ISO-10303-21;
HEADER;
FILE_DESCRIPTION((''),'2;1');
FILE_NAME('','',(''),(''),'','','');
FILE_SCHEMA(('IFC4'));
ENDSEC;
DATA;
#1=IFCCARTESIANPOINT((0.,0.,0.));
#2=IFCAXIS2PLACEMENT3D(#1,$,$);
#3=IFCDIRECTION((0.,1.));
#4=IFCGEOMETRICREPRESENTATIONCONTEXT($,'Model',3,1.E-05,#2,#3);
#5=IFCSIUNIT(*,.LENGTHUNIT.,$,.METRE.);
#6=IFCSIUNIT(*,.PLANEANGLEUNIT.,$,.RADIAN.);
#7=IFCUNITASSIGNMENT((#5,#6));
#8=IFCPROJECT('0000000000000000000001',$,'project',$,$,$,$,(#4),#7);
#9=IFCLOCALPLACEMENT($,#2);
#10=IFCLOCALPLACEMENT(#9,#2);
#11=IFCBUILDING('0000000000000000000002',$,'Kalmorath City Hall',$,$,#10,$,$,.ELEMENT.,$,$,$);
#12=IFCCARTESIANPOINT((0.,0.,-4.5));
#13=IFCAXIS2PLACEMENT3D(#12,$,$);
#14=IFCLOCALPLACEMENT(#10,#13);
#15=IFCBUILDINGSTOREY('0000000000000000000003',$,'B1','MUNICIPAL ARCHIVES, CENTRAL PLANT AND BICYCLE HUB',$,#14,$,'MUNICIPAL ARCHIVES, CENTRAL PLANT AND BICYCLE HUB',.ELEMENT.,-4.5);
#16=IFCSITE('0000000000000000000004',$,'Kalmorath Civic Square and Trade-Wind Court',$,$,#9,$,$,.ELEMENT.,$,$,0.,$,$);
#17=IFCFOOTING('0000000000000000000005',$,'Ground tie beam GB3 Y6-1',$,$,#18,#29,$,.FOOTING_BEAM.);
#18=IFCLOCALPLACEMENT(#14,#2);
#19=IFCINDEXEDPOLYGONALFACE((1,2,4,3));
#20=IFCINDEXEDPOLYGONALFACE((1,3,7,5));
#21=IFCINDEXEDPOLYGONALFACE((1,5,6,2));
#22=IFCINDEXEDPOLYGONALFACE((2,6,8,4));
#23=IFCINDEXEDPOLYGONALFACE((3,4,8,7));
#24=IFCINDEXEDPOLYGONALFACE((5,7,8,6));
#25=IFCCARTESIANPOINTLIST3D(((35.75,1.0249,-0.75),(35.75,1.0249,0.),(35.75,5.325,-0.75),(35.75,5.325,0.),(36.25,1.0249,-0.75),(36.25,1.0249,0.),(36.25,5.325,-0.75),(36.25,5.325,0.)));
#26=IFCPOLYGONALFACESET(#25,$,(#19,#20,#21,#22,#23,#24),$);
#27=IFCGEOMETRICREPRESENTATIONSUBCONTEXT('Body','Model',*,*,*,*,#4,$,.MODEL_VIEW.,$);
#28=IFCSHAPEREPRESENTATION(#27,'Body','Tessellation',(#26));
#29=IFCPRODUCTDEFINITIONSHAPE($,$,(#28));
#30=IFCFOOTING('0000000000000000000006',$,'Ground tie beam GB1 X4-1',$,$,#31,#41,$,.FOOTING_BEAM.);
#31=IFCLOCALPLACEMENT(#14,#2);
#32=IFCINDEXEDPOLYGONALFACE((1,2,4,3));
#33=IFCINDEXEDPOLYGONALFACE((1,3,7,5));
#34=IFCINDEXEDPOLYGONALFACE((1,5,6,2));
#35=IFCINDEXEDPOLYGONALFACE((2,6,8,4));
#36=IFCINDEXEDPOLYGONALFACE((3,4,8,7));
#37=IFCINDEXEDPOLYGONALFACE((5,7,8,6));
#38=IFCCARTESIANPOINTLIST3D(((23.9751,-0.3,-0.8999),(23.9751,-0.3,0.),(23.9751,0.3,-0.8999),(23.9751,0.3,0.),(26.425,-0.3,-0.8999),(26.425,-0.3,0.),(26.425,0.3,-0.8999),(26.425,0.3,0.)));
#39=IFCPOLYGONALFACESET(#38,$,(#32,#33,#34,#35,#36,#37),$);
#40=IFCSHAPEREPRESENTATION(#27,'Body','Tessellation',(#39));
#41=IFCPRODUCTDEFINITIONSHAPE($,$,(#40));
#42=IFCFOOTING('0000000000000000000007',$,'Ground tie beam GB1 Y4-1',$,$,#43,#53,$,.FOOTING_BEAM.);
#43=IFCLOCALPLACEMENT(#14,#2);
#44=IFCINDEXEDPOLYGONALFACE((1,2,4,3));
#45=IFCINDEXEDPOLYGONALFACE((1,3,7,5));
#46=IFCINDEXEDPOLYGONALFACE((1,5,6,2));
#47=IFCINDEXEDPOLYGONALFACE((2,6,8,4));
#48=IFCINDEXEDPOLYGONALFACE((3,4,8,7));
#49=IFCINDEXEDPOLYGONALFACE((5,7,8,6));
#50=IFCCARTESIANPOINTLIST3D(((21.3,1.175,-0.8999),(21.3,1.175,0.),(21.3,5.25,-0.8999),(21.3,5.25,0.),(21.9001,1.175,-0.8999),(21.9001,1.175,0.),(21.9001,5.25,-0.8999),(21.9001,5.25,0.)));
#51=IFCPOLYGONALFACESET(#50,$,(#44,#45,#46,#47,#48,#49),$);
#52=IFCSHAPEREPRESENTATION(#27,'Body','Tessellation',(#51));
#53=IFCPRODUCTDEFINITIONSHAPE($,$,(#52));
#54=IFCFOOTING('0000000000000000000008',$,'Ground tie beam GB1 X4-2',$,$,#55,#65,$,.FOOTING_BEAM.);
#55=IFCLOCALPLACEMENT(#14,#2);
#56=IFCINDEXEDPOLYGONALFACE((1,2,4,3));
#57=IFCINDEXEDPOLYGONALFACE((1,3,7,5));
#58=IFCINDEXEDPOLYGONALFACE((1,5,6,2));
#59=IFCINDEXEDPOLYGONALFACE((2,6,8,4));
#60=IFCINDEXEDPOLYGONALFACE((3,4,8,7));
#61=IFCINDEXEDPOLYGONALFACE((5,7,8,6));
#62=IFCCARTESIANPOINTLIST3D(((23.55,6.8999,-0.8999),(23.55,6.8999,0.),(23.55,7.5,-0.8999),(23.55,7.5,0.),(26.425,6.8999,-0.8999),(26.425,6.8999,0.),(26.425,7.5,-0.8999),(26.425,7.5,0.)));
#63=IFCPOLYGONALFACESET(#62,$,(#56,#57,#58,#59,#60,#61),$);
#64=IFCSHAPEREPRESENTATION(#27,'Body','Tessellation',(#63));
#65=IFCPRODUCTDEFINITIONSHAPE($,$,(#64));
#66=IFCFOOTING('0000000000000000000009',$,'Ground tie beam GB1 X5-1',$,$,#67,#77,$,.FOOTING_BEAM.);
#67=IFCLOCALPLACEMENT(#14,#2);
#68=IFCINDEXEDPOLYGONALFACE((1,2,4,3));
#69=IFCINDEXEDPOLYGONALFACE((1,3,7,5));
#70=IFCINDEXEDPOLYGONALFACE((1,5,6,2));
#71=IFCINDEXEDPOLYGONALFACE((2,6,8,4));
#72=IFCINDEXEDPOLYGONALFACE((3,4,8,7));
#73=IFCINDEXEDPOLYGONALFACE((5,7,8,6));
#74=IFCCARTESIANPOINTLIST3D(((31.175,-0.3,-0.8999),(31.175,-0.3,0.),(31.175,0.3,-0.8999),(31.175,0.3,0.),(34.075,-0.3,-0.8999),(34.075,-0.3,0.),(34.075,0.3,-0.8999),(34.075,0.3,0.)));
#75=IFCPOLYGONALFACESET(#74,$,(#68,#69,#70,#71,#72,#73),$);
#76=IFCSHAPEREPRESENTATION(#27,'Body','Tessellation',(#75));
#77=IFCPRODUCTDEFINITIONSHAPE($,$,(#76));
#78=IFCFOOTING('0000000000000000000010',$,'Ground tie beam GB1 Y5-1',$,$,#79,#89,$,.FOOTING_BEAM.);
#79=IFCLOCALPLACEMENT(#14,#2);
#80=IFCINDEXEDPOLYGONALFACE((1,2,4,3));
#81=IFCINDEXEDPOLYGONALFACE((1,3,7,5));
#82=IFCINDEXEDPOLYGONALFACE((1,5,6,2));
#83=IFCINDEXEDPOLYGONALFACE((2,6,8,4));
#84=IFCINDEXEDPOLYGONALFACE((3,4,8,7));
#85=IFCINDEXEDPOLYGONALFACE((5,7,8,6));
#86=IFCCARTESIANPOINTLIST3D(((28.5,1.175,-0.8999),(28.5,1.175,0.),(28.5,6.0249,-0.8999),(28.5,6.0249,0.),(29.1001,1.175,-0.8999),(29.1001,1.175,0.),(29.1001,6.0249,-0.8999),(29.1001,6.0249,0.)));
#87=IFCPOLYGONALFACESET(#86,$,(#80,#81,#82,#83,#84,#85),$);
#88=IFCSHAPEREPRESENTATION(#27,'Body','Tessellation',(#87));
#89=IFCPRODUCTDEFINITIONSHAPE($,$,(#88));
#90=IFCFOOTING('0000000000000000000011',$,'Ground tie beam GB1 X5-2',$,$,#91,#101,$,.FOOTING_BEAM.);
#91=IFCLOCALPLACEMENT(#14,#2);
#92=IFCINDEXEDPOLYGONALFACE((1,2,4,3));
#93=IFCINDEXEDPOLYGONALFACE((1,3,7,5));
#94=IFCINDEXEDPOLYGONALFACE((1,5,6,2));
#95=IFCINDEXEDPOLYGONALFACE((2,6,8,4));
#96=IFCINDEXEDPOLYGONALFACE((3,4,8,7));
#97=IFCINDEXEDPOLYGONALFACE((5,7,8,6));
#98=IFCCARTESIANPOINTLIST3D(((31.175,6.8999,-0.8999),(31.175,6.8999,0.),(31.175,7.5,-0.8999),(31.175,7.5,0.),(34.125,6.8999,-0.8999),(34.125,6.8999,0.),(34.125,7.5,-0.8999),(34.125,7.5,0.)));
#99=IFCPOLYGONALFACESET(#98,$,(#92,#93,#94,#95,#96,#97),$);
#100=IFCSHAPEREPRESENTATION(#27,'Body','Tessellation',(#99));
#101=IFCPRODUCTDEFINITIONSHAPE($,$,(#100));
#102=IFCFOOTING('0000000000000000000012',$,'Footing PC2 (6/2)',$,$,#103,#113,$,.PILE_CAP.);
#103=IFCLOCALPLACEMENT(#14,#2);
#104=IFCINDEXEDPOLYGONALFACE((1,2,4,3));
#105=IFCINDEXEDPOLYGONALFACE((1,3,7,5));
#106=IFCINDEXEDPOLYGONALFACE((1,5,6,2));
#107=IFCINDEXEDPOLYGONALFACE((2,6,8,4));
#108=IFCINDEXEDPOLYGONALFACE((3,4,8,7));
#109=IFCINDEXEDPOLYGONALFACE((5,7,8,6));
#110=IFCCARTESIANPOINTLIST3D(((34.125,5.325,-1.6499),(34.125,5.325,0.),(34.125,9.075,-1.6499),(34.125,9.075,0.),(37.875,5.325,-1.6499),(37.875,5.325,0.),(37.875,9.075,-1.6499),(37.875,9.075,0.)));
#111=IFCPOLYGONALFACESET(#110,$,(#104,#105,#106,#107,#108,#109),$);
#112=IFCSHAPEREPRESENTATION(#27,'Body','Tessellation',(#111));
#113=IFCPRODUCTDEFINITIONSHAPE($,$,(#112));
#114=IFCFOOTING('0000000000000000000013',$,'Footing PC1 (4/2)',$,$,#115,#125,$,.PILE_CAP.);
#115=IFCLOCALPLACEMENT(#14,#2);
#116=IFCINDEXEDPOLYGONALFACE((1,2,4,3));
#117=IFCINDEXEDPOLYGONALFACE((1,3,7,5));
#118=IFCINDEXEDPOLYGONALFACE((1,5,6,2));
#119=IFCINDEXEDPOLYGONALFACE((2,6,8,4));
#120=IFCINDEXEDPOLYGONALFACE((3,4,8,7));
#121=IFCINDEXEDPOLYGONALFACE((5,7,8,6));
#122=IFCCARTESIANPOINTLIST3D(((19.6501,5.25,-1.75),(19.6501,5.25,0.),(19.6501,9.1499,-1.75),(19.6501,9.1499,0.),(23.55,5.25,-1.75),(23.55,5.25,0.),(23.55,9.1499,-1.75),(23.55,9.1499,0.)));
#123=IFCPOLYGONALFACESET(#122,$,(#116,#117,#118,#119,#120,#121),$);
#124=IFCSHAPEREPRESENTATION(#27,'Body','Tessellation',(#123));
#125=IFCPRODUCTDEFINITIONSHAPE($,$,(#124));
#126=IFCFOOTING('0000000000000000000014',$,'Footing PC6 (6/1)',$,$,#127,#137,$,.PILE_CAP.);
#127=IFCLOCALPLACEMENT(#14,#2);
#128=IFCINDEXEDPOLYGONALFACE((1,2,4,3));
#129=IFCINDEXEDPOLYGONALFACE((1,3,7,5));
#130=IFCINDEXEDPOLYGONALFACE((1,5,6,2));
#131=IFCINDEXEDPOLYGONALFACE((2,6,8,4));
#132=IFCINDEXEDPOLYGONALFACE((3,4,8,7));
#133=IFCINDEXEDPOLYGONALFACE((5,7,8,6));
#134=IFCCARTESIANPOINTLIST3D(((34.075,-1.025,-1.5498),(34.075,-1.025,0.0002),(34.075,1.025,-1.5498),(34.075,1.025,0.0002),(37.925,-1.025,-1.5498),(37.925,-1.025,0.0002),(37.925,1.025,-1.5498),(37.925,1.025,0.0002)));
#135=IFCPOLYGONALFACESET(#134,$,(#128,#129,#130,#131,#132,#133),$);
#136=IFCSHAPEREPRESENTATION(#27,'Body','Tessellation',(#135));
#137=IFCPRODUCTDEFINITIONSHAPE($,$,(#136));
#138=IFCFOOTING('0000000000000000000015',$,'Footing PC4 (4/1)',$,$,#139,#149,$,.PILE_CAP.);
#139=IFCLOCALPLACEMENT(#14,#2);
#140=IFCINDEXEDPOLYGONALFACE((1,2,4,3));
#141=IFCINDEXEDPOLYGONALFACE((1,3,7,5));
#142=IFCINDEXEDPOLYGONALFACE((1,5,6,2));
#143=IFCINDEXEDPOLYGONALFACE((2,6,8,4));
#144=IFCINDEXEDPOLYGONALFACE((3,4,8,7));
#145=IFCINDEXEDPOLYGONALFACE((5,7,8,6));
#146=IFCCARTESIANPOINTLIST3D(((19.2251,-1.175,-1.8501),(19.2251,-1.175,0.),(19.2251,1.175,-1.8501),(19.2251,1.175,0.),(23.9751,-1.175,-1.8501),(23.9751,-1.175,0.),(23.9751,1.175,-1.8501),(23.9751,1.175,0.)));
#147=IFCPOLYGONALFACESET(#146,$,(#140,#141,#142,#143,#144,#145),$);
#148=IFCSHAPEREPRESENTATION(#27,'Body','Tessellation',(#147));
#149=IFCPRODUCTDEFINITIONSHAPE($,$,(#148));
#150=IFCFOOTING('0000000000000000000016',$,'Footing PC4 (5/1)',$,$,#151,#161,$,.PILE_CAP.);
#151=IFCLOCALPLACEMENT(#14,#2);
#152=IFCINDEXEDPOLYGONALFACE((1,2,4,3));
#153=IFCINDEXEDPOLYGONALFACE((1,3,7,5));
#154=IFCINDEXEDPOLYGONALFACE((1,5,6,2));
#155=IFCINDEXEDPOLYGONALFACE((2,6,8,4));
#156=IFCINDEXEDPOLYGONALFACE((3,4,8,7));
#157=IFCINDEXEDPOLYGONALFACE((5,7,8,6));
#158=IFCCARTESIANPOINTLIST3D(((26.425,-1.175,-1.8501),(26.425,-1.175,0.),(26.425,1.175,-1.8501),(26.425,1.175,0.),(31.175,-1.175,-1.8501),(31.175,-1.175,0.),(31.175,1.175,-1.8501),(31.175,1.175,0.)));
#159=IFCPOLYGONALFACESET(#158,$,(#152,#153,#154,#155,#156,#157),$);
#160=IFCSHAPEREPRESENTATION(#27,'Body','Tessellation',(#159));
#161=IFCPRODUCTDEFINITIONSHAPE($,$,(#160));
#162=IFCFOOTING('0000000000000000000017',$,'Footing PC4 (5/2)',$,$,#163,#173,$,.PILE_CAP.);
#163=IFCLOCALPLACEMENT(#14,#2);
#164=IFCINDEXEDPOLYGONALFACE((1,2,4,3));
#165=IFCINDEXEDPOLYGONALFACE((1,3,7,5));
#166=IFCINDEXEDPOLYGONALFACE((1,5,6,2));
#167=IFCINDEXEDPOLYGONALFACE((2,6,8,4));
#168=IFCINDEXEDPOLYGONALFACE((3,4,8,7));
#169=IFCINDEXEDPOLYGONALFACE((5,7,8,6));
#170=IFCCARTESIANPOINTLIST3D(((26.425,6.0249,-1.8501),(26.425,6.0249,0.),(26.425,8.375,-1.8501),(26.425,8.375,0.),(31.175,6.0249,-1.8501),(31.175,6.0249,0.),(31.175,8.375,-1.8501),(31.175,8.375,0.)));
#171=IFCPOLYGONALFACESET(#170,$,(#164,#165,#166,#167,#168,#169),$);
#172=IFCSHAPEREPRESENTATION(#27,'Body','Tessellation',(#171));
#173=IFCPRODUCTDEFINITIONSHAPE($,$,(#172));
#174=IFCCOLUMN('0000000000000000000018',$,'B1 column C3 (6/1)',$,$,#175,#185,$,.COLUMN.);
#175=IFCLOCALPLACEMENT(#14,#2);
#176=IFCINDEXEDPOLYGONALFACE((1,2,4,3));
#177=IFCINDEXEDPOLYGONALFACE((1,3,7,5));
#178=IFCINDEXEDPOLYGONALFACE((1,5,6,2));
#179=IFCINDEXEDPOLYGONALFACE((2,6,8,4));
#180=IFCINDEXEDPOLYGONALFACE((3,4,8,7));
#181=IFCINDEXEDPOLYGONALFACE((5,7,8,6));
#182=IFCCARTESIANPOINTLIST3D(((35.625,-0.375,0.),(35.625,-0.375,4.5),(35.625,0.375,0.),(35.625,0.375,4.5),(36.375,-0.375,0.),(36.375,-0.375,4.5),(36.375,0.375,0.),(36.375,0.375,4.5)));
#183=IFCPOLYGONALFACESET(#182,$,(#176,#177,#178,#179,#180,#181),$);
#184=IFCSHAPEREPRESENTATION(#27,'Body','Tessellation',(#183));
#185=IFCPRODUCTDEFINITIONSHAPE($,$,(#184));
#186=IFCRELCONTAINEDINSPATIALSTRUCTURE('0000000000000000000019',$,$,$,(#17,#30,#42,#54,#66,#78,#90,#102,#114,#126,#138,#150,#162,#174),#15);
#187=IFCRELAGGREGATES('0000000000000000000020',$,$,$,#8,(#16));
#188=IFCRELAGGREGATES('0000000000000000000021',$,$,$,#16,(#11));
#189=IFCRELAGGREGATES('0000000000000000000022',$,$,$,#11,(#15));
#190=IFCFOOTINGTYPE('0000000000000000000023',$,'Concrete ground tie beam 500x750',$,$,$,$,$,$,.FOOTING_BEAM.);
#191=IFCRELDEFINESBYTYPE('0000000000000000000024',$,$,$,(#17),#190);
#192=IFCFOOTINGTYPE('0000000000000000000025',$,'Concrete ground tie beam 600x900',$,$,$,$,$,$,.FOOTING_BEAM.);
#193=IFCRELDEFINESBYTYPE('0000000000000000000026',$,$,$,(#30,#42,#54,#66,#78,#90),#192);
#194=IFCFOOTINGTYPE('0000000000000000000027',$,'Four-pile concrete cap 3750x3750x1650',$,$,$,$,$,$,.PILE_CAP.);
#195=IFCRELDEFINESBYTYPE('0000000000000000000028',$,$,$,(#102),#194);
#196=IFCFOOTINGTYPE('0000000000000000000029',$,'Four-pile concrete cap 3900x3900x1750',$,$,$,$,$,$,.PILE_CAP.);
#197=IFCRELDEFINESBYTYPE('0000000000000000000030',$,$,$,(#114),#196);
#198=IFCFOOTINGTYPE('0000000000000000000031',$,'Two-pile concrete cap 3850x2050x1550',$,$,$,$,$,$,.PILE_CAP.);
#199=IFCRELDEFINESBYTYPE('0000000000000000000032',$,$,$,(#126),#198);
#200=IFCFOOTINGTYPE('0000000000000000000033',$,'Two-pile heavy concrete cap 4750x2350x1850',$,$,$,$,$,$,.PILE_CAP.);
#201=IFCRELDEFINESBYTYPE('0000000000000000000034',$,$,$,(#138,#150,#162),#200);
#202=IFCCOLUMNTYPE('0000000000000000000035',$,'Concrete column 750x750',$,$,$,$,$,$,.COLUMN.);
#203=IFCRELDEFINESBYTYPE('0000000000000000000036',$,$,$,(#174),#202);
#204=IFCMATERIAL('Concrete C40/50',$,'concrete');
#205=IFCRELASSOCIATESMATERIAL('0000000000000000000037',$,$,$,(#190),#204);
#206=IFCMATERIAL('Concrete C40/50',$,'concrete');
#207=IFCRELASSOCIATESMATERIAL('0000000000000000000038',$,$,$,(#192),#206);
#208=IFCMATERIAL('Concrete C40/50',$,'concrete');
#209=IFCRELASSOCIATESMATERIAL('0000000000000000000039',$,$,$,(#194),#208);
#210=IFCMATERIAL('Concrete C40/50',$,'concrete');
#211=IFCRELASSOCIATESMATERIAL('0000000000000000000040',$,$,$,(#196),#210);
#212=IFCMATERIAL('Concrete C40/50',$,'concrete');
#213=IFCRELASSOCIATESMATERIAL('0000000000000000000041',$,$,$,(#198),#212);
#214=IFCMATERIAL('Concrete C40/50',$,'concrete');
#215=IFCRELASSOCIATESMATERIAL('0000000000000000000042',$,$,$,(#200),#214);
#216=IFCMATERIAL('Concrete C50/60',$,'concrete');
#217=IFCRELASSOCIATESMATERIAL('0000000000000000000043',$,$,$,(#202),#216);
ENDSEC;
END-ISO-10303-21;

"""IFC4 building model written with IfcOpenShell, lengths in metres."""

from ifc_helpers import new_model, si_unit, direction, frame, origin, origin_2d, place, context, subcontext, project, spatial, rectangle, extrude, material, material_profile, profile_set, type_object, element, save


model = new_model("IFC4")

# Units and contexts
model_context = context("Model", 3, precision=1e-05, world=origin(), true_north=direction((0.0, 1.0)))
body_context = subcontext(model_context, "Body", "Model", "MODEL_VIEW")
ifc_project = project(units=[si_unit("LENGTHUNIT", "METRE"), si_unit("PLANEANGLEUNIT", "RADIAN")], contexts=[model_context])

# Site, building, storey
site_placement = place(None, origin())
site = spatial("IfcSite", under=ifc_project, at=site_placement, Name="Kalmorath Civic Square and Trade-Wind Court", CompositionType="ELEMENT", RefElevation=0.0)
building_placement = place(site_placement, origin())
building = spatial("IfcBuilding", under=site, at=building_placement, Name="Kalmorath City Hall", CompositionType="ELEMENT")
storey_placement = place(building_placement, frame((0.0, 0.0, -4.5)))
storey = spatial("IfcBuildingStorey", under=building, at=storey_placement, Name="B1", Description="MUNICIPAL ARCHIVES, CENTRAL PLANT AND BICYCLE HUB", LongName="MUNICIPAL ARCHIVES, CENTRAL PLANT AND BICYCLE HUB", CompositionType="ELEMENT", Elevation=-4.5)

# Footings
ifc_material_1 = material(Name="Concrete C40/50", Category="concrete")
ifc_material_profile_1 = material_profile(ifc_material_1, rectangle(XDim=0.5, YDim=0.75, at=origin_2d()), Name="RC-BM-500X750")
ifc_profile_set_1 = profile_set([ifc_material_profile_1], Name="Concrete C40/50")
footing_type_1 = type_object("IfcFootingType", Name="Concrete ground tie beam 500x750", PredefinedType="FOOTING_BEAM", material=ifc_profile_set_1)
footing_1_placement = place(storey_placement, frame((36.0, 1.0249, -0.375), z_axis=(0.0, 1.0, 0.0), x_axis=(-1.0, 0.0, 0.0)))
element("IfcFooting", 1, at=footing_1_placement, inside=storey, type_object=footing_type_1, Name="Ground tie beam GB3 Y6-1", PredefinedType="FOOTING_BEAM", context=body_context, shape_type="SweptSolid", body=[
    extrude(rectangle(XDim=0.5, YDim=0.75, at=origin_2d()), origin(), (0.0, 0.0, 1.0), 4.3),
])
ifc_material_2 = material(Name="Concrete C40/50", Category="concrete")
ifc_material_profile_2 = material_profile(ifc_material_2, rectangle(XDim=0.6001, YDim=0.8999, at=origin_2d()), Name="RC-BM-600X900")
ifc_profile_set_2 = profile_set([ifc_material_profile_2], Name="Concrete C40/50")
footing_type_2 = type_object("IfcFootingType", Name="Concrete ground tie beam 600x900", PredefinedType="FOOTING_BEAM", material=ifc_profile_set_2)
footing_2_placement = place(storey_placement, frame((23.9751, 0.0, -0.45), z_axis=(1.0, 0.0, 0.0), x_axis=(0.0, 1.0, 0.0)))
element("IfcFooting", 2, at=footing_2_placement, inside=storey, type_object=footing_type_2, Name="Ground tie beam GB1 X4-1", PredefinedType="FOOTING_BEAM", context=body_context, shape_type="SweptSolid", body=[
    extrude(rectangle(XDim=0.6001, YDim=0.8999, at=origin_2d()), origin(), (0.0, 0.0, 1.0), 2.45),
])
footing_3_placement = place(storey_placement, frame((21.6001, 1.175, -0.45), z_axis=(0.0, 1.0, 0.0), x_axis=(-1.0, 0.0, 0.0)))
element("IfcFooting", 3, at=footing_3_placement, inside=storey, type_object=footing_type_2, Name="Ground tie beam GB1 Y4-1", PredefinedType="FOOTING_BEAM", context=body_context, shape_type="SweptSolid", body=[
    extrude(rectangle(XDim=0.6001, YDim=0.8999, at=origin_2d()), origin(), (0.0, 0.0, 1.0), 4.075),
])
footing_4_placement = place(storey_placement, frame((23.55, 7.2, -0.45), z_axis=(1.0, 0.0, 0.0), x_axis=(0.0, 1.0, 0.0)))
element("IfcFooting", 4, at=footing_4_placement, inside=storey, type_object=footing_type_2, Name="Ground tie beam GB1 X4-2", PredefinedType="FOOTING_BEAM", context=body_context, shape_type="SweptSolid", body=[
    extrude(rectangle(XDim=0.6001, YDim=0.8999, at=origin_2d()), origin(), (0.0, 0.0, 1.0), 2.875),
])
footing_5_placement = place(storey_placement, frame((31.175, 0.0, -0.45), z_axis=(1.0, 0.0, 0.0), x_axis=(0.0, 1.0, 0.0)))
element("IfcFooting", 5, at=footing_5_placement, inside=storey, type_object=footing_type_2, Name="Ground tie beam GB1 X5-1", PredefinedType="FOOTING_BEAM", context=body_context, shape_type="SweptSolid", body=[
    extrude(rectangle(XDim=0.6001, YDim=0.8999, at=origin_2d()), origin(), (0.0, 0.0, 1.0), 2.8999),
])
footing_6_placement = place(storey_placement, frame((28.8, 1.175, -0.45), z_axis=(0.0, 1.0, 0.0), x_axis=(-1.0, 0.0, 0.0)))
element("IfcFooting", 6, at=footing_6_placement, inside=storey, type_object=footing_type_2, Name="Ground tie beam GB1 Y5-1", PredefinedType="FOOTING_BEAM", context=body_context, shape_type="SweptSolid", body=[
    extrude(rectangle(XDim=0.6001, YDim=0.8999, at=origin_2d()), origin(), (0.0, 0.0, 1.0), 4.8499),
])
footing_7_placement = place(storey_placement, frame((31.175, 7.2, -0.45), z_axis=(1.0, 0.0, 0.0), x_axis=(0.0, 1.0, 0.0)))
element("IfcFooting", 7, at=footing_7_placement, inside=storey, type_object=footing_type_2, Name="Ground tie beam GB1 X5-2", PredefinedType="FOOTING_BEAM", context=body_context, shape_type="SweptSolid", body=[
    extrude(rectangle(XDim=0.6001, YDim=0.8999, at=origin_2d()), origin(), (0.0, 0.0, 1.0), 2.95),
])
ifc_material_3 = material(Name="Concrete C40/50", Category="concrete")
footing_type_3 = type_object("IfcFootingType", Name="Four-pile concrete cap 3750x3750x1650", PredefinedType="PILE_CAP", material=ifc_material_3)
footing_8_placement = place(storey_placement, frame((36.0, 7.2, -1.6499), z_axis=(0.0, 0.0, 1.0), x_axis=(1.0, 0.0, 0.0)))
element("IfcFooting", 8, at=footing_8_placement, inside=storey, type_object=footing_type_3, Name="Footing PC2 (6/2)", PredefinedType="PILE_CAP", context=body_context, shape_type="SweptSolid", body=[
    extrude(rectangle(XDim=3.75, YDim=3.75, at=origin_2d()), origin(), (0.0, 0.0, 1.0), 1.6499),
])
ifc_material_4 = material(Name="Concrete C40/50", Category="concrete")
footing_type_4 = type_object("IfcFootingType", Name="Four-pile concrete cap 3900x3900x1750", PredefinedType="PILE_CAP", material=ifc_material_4)
footing_9_placement = place(storey_placement, frame((21.6001, 7.2, -1.75), z_axis=(0.0, 0.0, 1.0), x_axis=(1.0, 0.0, 0.0)))
element("IfcFooting", 9, at=footing_9_placement, inside=storey, type_object=footing_type_4, Name="Footing PC1 (4/2)", PredefinedType="PILE_CAP", context=body_context, shape_type="SweptSolid", body=[
    extrude(rectangle(XDim=3.8999, YDim=3.8999, at=origin_2d()), origin(), (0.0, 0.0, 1.0), 1.75),
])
ifc_material_5 = material(Name="Concrete C40/50", Category="concrete")
footing_type_5 = type_object("IfcFootingType", Name="Two-pile concrete cap 3850x2050x1550", PredefinedType="PILE_CAP", material=ifc_material_5)
footing_10_placement = place(storey_placement, frame((36.0, 0.0, -1.5498), z_axis=(0.0, 0.0, 1.0), x_axis=(1.0, 0.0, 0.0)))
element("IfcFooting", 10, at=footing_10_placement, inside=storey, type_object=footing_type_5, Name="Footing PC6 (6/1)", PredefinedType="PILE_CAP", context=body_context, shape_type="SweptSolid", body=[
    extrude(rectangle(XDim=3.8501, YDim=2.05, at=origin_2d()), origin(), (0.0, 0.0, 1.0), 1.55),
])
ifc_material_6 = material(Name="Concrete C40/50", Category="concrete")
footing_type_6 = type_object("IfcFootingType", Name="Two-pile heavy concrete cap 4750x2350x1850", PredefinedType="PILE_CAP", material=ifc_material_6)
for number, where, z_axis, x_axis, name in (
    (11, (21.6001, 0.0, -1.8501), (0.0, 0.0, 1.0), (1.0, 0.0, 0.0), "Footing PC4 (4/1)"),
    (12, (28.8, 0.0, -1.8501), (0.0, 0.0, 1.0), (1.0, 0.0, 0.0), "Footing PC4 (5/1)"),
    (13, (28.8, 7.2, -1.8501), (0.0, 0.0, 1.0), (1.0, 0.0, 0.0), "Footing PC4 (5/2)"),
):
    element("IfcFooting", number, at=place(storey_placement, frame(where, z_axis=z_axis, x_axis=x_axis)), inside=storey, type_object=footing_type_6, Name=name, PredefinedType="PILE_CAP", context=body_context, shape_type="SweptSolid", body=[
        extrude(rectangle(XDim=4.75, YDim=2.3501, at=origin_2d()), origin(), (0.0, 0.0, 1.0), 1.8501),
    ])

# Column
ifc_material_7 = material(Name="Concrete C50/60", Category="concrete")
ifc_material_profile_3 = material_profile(ifc_material_7, rectangle(XDim=0.75, YDim=0.75, at=origin_2d()), Name="RC-COL-750X750")
ifc_profile_set_3 = profile_set([ifc_material_profile_3], Name="Concrete C50/60")
column_type_1 = type_object("IfcColumnType", Name="Concrete column 750x750", PredefinedType="COLUMN", material=ifc_profile_set_3)
column_1_placement = place(storey_placement, frame((36.0, 0.0, 0.0), z_axis=(0.0, 0.0, 1.0), x_axis=(1.0, 0.0, 0.0)))
element("IfcColumn", 14, at=column_1_placement, inside=storey, type_object=column_type_1, Name="B1 column C3 (6/1)", PredefinedType="COLUMN", context=body_context, shape_type="SweptSolid", body=[
    extrude(rectangle(XDim=0.75, YDim=0.75, at=origin_2d()), origin(), (0.0, 0.0, 1.0), 4.5),
])

save(model, "model.ifc")
